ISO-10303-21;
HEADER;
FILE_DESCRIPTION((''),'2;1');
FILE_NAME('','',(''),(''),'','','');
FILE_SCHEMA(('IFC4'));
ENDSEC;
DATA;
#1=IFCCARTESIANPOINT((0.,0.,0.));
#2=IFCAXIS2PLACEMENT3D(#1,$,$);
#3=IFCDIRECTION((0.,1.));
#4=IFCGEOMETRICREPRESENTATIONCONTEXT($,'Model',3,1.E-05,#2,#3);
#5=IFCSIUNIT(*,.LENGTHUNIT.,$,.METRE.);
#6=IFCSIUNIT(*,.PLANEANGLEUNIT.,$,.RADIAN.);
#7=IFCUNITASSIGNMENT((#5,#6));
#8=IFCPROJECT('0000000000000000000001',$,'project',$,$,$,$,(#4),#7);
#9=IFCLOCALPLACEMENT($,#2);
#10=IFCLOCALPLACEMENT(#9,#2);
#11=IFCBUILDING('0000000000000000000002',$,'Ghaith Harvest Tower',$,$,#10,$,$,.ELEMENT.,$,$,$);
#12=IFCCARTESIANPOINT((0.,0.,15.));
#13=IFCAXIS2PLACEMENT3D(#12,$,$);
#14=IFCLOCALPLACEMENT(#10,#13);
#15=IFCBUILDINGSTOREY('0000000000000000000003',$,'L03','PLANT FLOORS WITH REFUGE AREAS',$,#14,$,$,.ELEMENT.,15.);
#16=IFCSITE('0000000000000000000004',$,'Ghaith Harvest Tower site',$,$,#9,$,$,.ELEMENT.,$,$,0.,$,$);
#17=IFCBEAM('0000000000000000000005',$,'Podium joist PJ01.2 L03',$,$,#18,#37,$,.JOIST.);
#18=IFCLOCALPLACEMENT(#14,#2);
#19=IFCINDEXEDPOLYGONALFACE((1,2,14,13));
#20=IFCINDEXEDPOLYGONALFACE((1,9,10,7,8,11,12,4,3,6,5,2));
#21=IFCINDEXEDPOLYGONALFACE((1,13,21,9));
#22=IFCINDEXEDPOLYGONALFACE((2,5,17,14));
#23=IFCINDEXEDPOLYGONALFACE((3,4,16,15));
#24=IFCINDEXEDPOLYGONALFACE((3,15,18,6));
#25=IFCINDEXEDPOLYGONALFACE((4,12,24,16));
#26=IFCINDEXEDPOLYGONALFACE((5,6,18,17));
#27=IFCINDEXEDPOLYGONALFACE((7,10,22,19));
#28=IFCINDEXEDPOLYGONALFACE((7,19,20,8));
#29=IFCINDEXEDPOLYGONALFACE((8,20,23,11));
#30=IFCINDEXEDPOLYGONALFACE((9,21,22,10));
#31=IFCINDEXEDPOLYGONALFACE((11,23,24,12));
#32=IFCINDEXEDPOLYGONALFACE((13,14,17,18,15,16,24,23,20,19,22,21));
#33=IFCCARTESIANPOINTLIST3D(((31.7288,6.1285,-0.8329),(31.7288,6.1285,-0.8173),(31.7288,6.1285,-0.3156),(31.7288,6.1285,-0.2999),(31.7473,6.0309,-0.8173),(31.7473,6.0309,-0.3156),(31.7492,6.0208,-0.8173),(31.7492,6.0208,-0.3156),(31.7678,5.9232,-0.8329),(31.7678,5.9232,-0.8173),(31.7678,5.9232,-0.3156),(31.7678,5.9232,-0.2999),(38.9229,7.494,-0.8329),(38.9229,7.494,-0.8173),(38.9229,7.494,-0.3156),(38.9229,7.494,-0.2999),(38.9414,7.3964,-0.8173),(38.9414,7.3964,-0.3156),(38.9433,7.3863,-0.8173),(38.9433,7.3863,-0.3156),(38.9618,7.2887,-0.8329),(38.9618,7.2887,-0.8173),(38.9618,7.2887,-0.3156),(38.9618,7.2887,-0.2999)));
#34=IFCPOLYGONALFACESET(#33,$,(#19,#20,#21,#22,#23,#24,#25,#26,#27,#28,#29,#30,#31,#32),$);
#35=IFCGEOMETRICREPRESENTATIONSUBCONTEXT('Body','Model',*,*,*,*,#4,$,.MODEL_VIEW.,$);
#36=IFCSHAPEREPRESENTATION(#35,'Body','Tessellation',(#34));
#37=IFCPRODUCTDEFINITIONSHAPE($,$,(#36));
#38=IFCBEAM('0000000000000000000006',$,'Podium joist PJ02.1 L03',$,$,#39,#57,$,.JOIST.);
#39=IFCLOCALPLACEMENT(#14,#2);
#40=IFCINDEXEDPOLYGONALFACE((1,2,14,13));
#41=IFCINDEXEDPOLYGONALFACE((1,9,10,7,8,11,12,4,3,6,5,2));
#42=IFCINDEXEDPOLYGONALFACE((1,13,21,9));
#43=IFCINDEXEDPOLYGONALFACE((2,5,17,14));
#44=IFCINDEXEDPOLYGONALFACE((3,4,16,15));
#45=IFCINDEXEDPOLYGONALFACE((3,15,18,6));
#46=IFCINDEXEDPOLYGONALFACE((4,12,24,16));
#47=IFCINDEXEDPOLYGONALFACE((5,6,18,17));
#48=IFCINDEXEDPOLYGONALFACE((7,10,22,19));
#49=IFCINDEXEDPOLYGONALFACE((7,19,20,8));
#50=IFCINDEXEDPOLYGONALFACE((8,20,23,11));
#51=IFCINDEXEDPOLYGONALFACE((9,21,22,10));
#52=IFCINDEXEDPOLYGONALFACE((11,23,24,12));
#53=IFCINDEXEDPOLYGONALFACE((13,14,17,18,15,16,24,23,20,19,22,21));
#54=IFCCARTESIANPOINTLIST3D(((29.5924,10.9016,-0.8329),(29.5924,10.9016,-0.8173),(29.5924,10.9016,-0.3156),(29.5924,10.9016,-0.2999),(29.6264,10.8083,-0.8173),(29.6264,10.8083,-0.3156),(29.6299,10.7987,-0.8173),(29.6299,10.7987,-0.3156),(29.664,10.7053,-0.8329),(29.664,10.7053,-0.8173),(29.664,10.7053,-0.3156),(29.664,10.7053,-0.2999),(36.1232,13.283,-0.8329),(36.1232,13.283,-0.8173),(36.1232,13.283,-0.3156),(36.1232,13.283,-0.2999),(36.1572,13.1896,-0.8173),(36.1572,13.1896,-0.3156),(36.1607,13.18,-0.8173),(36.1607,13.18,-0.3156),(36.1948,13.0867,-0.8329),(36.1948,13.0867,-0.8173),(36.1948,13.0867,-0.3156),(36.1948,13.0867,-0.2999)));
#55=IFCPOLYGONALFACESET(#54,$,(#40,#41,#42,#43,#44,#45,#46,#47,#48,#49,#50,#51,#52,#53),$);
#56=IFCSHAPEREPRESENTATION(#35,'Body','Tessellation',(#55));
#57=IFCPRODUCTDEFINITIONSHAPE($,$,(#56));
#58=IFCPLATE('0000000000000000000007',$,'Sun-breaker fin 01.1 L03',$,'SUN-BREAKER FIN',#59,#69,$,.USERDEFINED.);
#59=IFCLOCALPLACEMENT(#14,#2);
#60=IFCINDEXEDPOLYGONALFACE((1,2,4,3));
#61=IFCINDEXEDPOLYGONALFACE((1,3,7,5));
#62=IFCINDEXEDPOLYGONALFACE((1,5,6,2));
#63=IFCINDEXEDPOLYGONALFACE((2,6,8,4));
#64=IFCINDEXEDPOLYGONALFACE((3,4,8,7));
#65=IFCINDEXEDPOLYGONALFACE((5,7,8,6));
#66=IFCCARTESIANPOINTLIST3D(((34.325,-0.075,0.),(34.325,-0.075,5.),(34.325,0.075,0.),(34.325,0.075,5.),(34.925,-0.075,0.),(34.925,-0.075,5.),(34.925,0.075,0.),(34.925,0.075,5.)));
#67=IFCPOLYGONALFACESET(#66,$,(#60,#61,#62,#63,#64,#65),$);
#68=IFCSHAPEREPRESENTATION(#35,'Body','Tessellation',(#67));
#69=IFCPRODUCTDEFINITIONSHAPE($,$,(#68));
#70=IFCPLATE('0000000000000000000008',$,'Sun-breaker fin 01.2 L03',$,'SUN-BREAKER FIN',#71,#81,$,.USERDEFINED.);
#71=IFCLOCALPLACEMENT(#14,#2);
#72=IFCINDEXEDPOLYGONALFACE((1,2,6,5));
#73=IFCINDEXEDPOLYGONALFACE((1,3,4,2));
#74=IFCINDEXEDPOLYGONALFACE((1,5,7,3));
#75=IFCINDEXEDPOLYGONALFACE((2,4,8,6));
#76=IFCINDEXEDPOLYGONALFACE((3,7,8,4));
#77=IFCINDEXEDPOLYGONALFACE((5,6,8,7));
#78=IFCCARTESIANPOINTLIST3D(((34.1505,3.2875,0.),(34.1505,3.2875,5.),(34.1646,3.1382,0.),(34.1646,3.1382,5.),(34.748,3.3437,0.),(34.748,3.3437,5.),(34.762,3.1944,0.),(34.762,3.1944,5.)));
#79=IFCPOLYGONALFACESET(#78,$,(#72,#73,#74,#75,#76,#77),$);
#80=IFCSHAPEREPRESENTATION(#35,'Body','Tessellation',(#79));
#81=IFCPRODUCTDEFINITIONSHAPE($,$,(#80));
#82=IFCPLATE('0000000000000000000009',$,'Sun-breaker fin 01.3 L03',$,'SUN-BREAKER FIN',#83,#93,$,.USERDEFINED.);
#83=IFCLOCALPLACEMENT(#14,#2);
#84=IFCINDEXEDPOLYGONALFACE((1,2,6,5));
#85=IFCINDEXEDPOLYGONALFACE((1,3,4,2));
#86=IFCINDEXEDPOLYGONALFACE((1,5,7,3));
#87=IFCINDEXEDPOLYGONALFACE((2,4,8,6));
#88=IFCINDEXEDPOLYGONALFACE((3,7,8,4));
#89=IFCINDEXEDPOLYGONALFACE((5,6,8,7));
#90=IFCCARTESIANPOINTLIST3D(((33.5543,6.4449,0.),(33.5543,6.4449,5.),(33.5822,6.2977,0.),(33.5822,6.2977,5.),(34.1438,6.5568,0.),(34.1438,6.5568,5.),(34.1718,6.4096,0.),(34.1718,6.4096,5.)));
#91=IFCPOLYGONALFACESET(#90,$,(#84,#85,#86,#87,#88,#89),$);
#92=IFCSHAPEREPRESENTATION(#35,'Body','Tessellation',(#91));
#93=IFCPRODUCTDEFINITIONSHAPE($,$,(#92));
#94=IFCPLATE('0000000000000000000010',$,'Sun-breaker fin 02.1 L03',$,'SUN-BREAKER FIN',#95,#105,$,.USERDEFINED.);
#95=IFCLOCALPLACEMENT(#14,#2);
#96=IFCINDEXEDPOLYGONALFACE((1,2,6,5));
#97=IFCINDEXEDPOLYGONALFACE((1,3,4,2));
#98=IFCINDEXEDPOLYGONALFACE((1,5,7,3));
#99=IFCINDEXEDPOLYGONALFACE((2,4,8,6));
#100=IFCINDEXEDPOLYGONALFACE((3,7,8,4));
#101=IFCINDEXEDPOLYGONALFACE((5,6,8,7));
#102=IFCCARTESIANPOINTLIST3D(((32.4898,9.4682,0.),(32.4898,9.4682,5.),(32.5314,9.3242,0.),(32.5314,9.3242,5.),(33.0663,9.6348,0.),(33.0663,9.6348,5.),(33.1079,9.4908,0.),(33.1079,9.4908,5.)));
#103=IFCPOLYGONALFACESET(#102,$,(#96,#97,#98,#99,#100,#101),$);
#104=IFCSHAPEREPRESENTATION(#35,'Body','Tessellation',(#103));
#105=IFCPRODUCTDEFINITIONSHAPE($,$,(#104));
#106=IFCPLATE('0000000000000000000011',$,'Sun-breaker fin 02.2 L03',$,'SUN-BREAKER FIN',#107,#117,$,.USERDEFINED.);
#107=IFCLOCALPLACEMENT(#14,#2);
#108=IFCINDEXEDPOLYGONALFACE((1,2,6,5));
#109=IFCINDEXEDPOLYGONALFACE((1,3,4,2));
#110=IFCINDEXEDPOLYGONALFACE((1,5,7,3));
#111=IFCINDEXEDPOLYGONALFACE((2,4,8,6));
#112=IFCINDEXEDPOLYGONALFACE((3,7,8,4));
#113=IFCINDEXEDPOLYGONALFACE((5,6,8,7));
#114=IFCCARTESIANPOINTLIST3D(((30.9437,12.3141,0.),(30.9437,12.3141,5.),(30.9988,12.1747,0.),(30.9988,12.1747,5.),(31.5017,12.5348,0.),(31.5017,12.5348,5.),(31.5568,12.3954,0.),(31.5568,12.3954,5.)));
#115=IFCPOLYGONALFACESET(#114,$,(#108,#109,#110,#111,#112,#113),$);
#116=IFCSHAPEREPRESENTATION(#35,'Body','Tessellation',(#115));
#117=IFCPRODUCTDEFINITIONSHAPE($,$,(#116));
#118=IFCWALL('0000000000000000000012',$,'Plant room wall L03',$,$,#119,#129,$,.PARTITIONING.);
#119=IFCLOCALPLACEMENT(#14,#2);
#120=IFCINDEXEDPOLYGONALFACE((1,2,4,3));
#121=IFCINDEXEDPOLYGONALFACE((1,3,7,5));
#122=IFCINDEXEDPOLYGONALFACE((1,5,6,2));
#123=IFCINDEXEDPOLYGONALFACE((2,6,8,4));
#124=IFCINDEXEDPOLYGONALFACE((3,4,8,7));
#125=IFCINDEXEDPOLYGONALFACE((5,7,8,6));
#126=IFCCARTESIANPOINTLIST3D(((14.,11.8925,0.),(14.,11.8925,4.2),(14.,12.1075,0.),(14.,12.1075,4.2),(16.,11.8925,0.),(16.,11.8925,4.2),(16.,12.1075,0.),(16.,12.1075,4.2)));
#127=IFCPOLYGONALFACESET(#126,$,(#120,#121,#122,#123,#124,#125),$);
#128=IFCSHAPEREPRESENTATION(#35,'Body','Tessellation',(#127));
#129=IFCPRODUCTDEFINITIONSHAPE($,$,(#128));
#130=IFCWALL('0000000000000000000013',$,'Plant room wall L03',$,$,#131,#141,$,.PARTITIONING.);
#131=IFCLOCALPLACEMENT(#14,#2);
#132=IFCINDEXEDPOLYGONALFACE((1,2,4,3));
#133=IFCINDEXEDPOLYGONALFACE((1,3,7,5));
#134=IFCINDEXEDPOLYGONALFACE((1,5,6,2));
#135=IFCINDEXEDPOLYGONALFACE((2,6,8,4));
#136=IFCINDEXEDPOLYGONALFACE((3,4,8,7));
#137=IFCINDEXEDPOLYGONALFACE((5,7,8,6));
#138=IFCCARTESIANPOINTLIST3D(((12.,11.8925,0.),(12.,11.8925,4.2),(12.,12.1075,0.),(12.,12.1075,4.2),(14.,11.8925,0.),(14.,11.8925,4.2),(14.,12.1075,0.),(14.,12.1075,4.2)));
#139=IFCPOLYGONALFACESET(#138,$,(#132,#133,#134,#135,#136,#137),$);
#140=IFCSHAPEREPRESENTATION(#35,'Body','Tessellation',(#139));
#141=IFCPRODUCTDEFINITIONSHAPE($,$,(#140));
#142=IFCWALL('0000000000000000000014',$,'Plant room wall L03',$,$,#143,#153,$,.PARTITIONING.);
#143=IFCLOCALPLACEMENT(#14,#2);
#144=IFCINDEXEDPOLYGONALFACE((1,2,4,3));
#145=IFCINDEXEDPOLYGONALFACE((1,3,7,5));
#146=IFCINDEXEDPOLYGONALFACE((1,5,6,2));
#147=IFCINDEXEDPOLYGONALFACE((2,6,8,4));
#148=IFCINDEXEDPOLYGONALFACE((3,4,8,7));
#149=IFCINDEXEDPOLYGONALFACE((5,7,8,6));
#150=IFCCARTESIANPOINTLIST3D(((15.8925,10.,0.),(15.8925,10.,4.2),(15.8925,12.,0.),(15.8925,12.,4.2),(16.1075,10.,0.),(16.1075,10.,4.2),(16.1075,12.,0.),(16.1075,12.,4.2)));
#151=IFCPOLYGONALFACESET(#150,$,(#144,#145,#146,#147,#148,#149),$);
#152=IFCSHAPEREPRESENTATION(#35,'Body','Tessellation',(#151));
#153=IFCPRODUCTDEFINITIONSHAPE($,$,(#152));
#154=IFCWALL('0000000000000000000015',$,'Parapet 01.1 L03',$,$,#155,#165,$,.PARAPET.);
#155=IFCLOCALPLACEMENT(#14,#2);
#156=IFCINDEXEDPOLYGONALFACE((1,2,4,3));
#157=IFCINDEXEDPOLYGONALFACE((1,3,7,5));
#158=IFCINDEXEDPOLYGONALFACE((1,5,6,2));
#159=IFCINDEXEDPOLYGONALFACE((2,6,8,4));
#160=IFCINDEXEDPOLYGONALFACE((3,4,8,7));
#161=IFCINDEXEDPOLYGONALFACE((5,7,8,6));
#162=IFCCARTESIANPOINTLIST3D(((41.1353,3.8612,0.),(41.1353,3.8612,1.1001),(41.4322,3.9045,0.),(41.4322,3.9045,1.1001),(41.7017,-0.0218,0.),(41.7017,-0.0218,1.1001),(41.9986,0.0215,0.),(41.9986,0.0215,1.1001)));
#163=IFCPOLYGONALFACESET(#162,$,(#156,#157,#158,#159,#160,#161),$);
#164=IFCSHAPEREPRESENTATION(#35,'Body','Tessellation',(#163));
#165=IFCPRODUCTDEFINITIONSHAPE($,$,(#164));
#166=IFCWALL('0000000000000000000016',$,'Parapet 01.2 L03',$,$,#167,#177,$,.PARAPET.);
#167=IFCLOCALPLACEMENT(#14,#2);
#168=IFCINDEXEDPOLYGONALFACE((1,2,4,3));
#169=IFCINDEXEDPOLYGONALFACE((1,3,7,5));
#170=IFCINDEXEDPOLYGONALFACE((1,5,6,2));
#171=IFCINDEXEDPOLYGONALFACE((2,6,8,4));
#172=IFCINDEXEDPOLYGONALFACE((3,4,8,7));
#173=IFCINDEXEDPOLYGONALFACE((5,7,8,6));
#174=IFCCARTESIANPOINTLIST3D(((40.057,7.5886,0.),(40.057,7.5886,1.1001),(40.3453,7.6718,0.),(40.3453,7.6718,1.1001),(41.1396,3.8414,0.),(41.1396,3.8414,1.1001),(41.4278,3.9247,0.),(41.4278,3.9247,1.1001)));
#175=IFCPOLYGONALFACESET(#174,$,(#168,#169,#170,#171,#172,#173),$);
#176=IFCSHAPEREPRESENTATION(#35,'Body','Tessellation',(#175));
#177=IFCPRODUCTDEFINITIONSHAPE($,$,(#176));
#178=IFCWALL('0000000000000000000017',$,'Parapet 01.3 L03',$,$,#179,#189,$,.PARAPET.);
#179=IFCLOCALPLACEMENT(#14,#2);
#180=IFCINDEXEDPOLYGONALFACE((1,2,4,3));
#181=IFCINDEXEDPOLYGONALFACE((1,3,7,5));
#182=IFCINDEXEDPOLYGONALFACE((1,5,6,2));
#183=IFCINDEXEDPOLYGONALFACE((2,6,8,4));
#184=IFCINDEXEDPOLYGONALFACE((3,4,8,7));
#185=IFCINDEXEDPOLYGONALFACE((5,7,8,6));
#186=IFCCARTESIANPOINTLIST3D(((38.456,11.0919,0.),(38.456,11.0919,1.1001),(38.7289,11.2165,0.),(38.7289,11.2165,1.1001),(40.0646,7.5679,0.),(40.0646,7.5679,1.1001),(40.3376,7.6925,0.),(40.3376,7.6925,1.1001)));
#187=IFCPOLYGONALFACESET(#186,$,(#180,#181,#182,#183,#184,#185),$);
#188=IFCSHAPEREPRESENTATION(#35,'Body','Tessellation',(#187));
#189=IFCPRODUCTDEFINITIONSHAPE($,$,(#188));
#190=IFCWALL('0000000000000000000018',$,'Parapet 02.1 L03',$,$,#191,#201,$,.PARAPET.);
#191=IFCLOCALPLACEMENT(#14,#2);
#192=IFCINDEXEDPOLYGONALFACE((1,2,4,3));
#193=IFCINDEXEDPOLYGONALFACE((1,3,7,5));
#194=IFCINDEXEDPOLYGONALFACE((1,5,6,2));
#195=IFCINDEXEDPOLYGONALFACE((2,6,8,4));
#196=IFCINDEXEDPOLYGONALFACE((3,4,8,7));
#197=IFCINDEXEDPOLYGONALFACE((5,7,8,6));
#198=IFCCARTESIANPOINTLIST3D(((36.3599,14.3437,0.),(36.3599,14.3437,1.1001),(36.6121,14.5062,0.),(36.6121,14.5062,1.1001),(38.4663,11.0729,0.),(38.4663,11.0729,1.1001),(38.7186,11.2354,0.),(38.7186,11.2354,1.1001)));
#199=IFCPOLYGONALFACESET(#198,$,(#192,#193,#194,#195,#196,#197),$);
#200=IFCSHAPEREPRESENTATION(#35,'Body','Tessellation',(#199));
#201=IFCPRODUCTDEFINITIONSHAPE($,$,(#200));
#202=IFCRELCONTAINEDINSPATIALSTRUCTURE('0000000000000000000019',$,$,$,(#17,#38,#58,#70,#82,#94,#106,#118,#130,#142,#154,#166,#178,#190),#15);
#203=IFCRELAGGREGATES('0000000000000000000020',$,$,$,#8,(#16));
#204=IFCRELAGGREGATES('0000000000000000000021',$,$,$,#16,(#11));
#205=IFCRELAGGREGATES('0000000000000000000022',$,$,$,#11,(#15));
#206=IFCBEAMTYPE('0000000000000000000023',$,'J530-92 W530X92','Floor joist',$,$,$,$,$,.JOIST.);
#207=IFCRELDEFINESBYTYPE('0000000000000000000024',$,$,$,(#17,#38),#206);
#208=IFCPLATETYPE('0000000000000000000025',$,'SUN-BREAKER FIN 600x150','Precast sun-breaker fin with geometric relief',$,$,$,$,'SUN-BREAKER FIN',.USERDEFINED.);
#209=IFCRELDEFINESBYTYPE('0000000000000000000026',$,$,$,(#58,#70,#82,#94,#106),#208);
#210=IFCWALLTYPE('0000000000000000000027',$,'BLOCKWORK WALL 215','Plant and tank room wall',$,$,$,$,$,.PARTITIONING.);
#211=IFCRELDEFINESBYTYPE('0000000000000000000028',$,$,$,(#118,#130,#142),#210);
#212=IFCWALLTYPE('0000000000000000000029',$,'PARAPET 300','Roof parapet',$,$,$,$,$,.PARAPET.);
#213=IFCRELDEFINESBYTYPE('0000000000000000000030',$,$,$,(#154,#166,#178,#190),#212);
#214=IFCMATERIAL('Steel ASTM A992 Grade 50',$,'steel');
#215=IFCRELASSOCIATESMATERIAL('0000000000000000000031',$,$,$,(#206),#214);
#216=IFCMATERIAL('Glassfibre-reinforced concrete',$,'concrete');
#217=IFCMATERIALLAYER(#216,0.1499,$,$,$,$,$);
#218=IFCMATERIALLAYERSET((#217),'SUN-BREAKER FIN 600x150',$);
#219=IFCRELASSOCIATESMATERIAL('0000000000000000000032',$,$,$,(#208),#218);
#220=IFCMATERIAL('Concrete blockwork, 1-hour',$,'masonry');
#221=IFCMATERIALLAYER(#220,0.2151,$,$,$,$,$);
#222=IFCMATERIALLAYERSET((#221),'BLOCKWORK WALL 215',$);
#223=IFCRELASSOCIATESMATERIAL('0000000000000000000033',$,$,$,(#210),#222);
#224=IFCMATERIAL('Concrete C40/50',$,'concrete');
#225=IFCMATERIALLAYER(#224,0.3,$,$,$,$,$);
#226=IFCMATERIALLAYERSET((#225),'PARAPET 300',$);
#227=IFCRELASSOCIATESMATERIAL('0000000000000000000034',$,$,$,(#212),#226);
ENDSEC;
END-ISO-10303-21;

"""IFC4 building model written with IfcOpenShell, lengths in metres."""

from ifc_helpers import new_model, si_unit, direction, frame, frame_2d, origin, origin_2d, place, context, subcontext, project, spatial, rectangle, i_section, extrude, material, layer, layer_set, material_profile, profile_set, type_object, element, save


model = new_model("IFC4")

# Units and contexts
model_context = context("Model", 3, precision=1e-05, world=origin(), true_north=direction((0.0, 1.0)))
body_context = subcontext(model_context, "Body", "Model", "MODEL_VIEW")
ifc_project = project(units=[si_unit("LENGTHUNIT", "METRE"), si_unit("PLANEANGLEUNIT", "RADIAN")], contexts=[model_context])

# Site, building, storey
site_placement = place(None, origin())
site = spatial("IfcSite", under=ifc_project, at=site_placement, Name="Ghaith Harvest Tower site", CompositionType="ELEMENT", RefElevation=0.0)
building_placement = place(site_placement, origin())
building = spatial("IfcBuilding", under=site, at=building_placement, Name="Ghaith Harvest Tower", CompositionType="ELEMENT")
storey_placement = place(building_placement, frame((0.0, 0.0, 15.0)))
storey = spatial("IfcBuildingStorey", under=building, at=storey_placement, Name="L03", Description="PLANT FLOORS WITH REFUGE AREAS", CompositionType="ELEMENT", Elevation=15.0)

# Beams
ifc_material_1 = material(Name="Steel ASTM A992 Grade 50", Category="steel")
ifc_material_profile_1 = material_profile(ifc_material_1, i_section(OverallWidth=0.209, OverallDepth=0.533, WebThickness=0.0103, FlangeThickness=0.0156, at=origin_2d()), Name="W530X92")
ifc_profile_set_1 = profile_set([ifc_material_profile_1], Name="Steel ASTM A992 Grade 50")
beam_type_1 = type_object("IfcBeamType", Name="J530-92 W530X92", Description="Floor joist", PredefinedType="JOIST", material=ifc_profile_set_1)
beam_1_placement = place(storey_placement, frame((31.7483, 6.0259, -0.5664), z_axis=(0.982459, 0.186476, 0.0), x_axis=(-0.186476, 0.982459, 0.0)))
element("IfcBeam", 1, at=beam_1_placement, inside=storey, type_object=beam_type_1, Name="Podium joist PJ01.2 L03", PredefinedType="JOIST", context=body_context, shape_type="SweptSolid", body=[
    extrude(i_section(OverallWidth=0.209, OverallDepth=0.533, WebThickness=0.0103, FlangeThickness=0.0156, at=origin_2d()), origin(), (0.0, 0.0, 1.0), 7.3225),
])
beam_2_placement = place(storey_placement, frame((29.6282, 10.8035, -0.5664), z_axis=(0.939492, 0.342572, 0.0), x_axis=(-0.342572, 0.939492, 0.0)))
element("IfcBeam", 2, at=beam_2_placement, inside=storey, type_object=beam_type_1, Name="Podium joist PJ02.1 L03", PredefinedType="JOIST", context=body_context, shape_type="SweptSolid", body=[
    extrude(i_section(OverallWidth=0.209, OverallDepth=0.533, WebThickness=0.0103, FlangeThickness=0.0156, at=origin_2d()), origin(), (0.0, 0.0, 1.0), 6.9514),
])

# Plates
ifc_material_2 = material(Name="Glassfibre-reinforced concrete", Category="concrete")
ifc_layer_1 = layer(ifc_material_2, 0.1499)
ifc_layer_set_1 = layer_set([ifc_layer_1], Name="SUN-BREAKER FIN 600x150")
plate_type = type_object("IfcPlateType", Name="SUN-BREAKER FIN 600x150", Description="Precast sun-breaker fin with geometric relief", ElementType="SUN-BREAKER FIN", PredefinedType="USERDEFINED", material=ifc_layer_set_1)
for number, where, z_axis, x_axis, name in (
    (3, (34.625, 0.0, 0.0), (0.0, 0.0, 1.0), (1.0, 0.0, 0.0), "Sun-breaker fin 01.1 L03"),
    (4, (34.4563, 3.241, 0.0), (0.0, 0.0, 1.0), (0.995605, 0.093647, 0.0), "Sun-breaker fin 01.2 L03"),
    (5, (33.863, 6.4272, 0.0), (0.0, 0.0, 1.0), (0.98246, 0.186471, 0.0), "Sun-breaker fin 01.3 L03"),
    (6, (32.7988, 9.4795, 0.0), (0.0, 0.0, 1.0), (0.96068, 0.277657, 0.0), "Sun-breaker fin 02.1 L03"),
    (7, (31.2502, 12.3547, 0.0), (0.0, 0.0, 1.0), (0.929961, 0.367659, 0.0), "Sun-breaker fin 02.2 L03"),
):
    element("IfcPlate", number, at=place(storey_placement, frame(where, z_axis=z_axis, x_axis=x_axis)), inside=storey, type_object=plate_type, Name=name, ObjectType="SUN-BREAKER FIN", PredefinedType="USERDEFINED", context=body_context, shape_type="SweptSolid", body=[
        extrude(rectangle(XDim=0.6001, YDim=0.1499, at=origin_2d()), origin(), (0.0, 0.0, 1.0), 5.0),
    ])

# Walls
ifc_material_3 = material(Name="Concrete blockwork, 1-hour", Category="masonry")
ifc_layer_2 = layer(ifc_material_3, 0.2151)
ifc_layer_set_2 = layer_set([ifc_layer_2], Name="BLOCKWORK WALL 215")
wall_type_1 = type_object("IfcWallType", Name="BLOCKWORK WALL 215", Description="Plant and tank room wall", PredefinedType="PARTITIONING", material=ifc_layer_set_2)
for number, where, z_axis, x_axis, name in (
    (8, (16.0, 12.0, 0.0), (0.0, 0.0, 1.0), (-1.0, 0.0, 0.0), "Plant room wall L03"),
    (9, (14.0, 12.0, 0.0), (0.0, 0.0, 1.0), (-1.0, 0.0, 0.0), "Plant room wall L03"),
    (10, (16.0, 10.0, 0.0), (0.0, 0.0, 1.0), (0.0, 1.0, 0.0), "Plant room wall L03"),
):
    element("IfcWall", number, at=place(storey_placement, frame(where, z_axis=z_axis, x_axis=x_axis)), inside=storey, type_object=wall_type_1, Name=name, PredefinedType="PARTITIONING", context=body_context, shape_type="SweptSolid", body=[
        extrude(rectangle(XDim=2.0, YDim=0.2151, at=frame_2d((1.0, 0.0))), origin(), (0.0, 0.0, 1.0), 4.2),
    ])

# Walls
ifc_material_4 = material(Name="Concrete C40/50", Category="concrete")
ifc_layer_3 = layer(ifc_material_4, 0.3)
ifc_layer_set_3 = layer_set([ifc_layer_3], Name="PARAPET 300")
wall_type_2 = type_object("IfcWallType", Name="PARAPET 300", Description="Roof parapet", PredefinedType="PARAPET", material=ifc_layer_set_3)
wall_1_placement = place(storey_placement, frame((41.8501, 0.0, 0.0), z_axis=(0.0, 0.0, 1.0), x_axis=(-0.144339, 0.989528, 0.0)))
element("IfcWall", 11, at=wall_1_placement, inside=storey, type_object=wall_type_2, Name="Parapet 01.1 L03", PredefinedType="PARAPET", context=body_context, shape_type="SweptSolid", body=[
    extrude(rectangle(XDim=3.9241, YDim=0.3, at=frame_2d((1.9619, 0.0))), origin(), (0.0, 0.0, 1.0), 1.1001),
])
wall_2_placement = place(storey_placement, frame((41.2837, 3.8831, 0.0), z_axis=(0.0, 0.0, 1.0), x_axis=(-0.277547, 0.960712, 0.0)))
element("IfcWall", 12, at=wall_2_placement, inside=storey, type_object=wall_type_2, Name="Parapet 01.2 L03", PredefinedType="PARAPET", context=body_context, shape_type="SweptSolid", body=[
    extrude(rectangle(XDim=3.9004, YDim=0.3, at=frame_2d((1.9502, 0.0))), origin(), (0.0, 0.0, 1.0), 1.1001),
])
wall_3_placement = place(storey_placement, frame((40.2012, 7.6301, 0.0), z_axis=(0.0, 0.0, 1.0), x_axis=(-0.41527, 0.909698, 0.0)))
element("IfcWall", 13, at=wall_3_placement, inside=storey, type_object=wall_type_2, Name="Parapet 01.3 L03", PredefinedType="PARAPET", context=body_context, shape_type="SweptSolid", body=[
    extrude(rectangle(XDim=3.8738, YDim=0.3, at=frame_2d((1.937, 0.0))), origin(), (0.0, 0.0, 1.0), 1.1001),
])
wall_4_placement = place(storey_placement, frame((38.5925, 11.1541, 0.0), z_axis=(0.0, 0.0, 1.0), x_axis=(-0.541452, 0.840732, 0.0)))
element("IfcWall", 14, at=wall_4_placement, inside=storey, type_object=wall_type_2, Name="Parapet 02.1 L03", PredefinedType="PARAPET", context=body_context, shape_type="SweptSolid", body=[
    extrude(rectangle(XDim=3.8904, YDim=0.3, at=frame_2d((1.9453, 0.0))), origin(), (0.0, 0.0, 1.0), 1.1001),
])

save(model, "model.ifc")
